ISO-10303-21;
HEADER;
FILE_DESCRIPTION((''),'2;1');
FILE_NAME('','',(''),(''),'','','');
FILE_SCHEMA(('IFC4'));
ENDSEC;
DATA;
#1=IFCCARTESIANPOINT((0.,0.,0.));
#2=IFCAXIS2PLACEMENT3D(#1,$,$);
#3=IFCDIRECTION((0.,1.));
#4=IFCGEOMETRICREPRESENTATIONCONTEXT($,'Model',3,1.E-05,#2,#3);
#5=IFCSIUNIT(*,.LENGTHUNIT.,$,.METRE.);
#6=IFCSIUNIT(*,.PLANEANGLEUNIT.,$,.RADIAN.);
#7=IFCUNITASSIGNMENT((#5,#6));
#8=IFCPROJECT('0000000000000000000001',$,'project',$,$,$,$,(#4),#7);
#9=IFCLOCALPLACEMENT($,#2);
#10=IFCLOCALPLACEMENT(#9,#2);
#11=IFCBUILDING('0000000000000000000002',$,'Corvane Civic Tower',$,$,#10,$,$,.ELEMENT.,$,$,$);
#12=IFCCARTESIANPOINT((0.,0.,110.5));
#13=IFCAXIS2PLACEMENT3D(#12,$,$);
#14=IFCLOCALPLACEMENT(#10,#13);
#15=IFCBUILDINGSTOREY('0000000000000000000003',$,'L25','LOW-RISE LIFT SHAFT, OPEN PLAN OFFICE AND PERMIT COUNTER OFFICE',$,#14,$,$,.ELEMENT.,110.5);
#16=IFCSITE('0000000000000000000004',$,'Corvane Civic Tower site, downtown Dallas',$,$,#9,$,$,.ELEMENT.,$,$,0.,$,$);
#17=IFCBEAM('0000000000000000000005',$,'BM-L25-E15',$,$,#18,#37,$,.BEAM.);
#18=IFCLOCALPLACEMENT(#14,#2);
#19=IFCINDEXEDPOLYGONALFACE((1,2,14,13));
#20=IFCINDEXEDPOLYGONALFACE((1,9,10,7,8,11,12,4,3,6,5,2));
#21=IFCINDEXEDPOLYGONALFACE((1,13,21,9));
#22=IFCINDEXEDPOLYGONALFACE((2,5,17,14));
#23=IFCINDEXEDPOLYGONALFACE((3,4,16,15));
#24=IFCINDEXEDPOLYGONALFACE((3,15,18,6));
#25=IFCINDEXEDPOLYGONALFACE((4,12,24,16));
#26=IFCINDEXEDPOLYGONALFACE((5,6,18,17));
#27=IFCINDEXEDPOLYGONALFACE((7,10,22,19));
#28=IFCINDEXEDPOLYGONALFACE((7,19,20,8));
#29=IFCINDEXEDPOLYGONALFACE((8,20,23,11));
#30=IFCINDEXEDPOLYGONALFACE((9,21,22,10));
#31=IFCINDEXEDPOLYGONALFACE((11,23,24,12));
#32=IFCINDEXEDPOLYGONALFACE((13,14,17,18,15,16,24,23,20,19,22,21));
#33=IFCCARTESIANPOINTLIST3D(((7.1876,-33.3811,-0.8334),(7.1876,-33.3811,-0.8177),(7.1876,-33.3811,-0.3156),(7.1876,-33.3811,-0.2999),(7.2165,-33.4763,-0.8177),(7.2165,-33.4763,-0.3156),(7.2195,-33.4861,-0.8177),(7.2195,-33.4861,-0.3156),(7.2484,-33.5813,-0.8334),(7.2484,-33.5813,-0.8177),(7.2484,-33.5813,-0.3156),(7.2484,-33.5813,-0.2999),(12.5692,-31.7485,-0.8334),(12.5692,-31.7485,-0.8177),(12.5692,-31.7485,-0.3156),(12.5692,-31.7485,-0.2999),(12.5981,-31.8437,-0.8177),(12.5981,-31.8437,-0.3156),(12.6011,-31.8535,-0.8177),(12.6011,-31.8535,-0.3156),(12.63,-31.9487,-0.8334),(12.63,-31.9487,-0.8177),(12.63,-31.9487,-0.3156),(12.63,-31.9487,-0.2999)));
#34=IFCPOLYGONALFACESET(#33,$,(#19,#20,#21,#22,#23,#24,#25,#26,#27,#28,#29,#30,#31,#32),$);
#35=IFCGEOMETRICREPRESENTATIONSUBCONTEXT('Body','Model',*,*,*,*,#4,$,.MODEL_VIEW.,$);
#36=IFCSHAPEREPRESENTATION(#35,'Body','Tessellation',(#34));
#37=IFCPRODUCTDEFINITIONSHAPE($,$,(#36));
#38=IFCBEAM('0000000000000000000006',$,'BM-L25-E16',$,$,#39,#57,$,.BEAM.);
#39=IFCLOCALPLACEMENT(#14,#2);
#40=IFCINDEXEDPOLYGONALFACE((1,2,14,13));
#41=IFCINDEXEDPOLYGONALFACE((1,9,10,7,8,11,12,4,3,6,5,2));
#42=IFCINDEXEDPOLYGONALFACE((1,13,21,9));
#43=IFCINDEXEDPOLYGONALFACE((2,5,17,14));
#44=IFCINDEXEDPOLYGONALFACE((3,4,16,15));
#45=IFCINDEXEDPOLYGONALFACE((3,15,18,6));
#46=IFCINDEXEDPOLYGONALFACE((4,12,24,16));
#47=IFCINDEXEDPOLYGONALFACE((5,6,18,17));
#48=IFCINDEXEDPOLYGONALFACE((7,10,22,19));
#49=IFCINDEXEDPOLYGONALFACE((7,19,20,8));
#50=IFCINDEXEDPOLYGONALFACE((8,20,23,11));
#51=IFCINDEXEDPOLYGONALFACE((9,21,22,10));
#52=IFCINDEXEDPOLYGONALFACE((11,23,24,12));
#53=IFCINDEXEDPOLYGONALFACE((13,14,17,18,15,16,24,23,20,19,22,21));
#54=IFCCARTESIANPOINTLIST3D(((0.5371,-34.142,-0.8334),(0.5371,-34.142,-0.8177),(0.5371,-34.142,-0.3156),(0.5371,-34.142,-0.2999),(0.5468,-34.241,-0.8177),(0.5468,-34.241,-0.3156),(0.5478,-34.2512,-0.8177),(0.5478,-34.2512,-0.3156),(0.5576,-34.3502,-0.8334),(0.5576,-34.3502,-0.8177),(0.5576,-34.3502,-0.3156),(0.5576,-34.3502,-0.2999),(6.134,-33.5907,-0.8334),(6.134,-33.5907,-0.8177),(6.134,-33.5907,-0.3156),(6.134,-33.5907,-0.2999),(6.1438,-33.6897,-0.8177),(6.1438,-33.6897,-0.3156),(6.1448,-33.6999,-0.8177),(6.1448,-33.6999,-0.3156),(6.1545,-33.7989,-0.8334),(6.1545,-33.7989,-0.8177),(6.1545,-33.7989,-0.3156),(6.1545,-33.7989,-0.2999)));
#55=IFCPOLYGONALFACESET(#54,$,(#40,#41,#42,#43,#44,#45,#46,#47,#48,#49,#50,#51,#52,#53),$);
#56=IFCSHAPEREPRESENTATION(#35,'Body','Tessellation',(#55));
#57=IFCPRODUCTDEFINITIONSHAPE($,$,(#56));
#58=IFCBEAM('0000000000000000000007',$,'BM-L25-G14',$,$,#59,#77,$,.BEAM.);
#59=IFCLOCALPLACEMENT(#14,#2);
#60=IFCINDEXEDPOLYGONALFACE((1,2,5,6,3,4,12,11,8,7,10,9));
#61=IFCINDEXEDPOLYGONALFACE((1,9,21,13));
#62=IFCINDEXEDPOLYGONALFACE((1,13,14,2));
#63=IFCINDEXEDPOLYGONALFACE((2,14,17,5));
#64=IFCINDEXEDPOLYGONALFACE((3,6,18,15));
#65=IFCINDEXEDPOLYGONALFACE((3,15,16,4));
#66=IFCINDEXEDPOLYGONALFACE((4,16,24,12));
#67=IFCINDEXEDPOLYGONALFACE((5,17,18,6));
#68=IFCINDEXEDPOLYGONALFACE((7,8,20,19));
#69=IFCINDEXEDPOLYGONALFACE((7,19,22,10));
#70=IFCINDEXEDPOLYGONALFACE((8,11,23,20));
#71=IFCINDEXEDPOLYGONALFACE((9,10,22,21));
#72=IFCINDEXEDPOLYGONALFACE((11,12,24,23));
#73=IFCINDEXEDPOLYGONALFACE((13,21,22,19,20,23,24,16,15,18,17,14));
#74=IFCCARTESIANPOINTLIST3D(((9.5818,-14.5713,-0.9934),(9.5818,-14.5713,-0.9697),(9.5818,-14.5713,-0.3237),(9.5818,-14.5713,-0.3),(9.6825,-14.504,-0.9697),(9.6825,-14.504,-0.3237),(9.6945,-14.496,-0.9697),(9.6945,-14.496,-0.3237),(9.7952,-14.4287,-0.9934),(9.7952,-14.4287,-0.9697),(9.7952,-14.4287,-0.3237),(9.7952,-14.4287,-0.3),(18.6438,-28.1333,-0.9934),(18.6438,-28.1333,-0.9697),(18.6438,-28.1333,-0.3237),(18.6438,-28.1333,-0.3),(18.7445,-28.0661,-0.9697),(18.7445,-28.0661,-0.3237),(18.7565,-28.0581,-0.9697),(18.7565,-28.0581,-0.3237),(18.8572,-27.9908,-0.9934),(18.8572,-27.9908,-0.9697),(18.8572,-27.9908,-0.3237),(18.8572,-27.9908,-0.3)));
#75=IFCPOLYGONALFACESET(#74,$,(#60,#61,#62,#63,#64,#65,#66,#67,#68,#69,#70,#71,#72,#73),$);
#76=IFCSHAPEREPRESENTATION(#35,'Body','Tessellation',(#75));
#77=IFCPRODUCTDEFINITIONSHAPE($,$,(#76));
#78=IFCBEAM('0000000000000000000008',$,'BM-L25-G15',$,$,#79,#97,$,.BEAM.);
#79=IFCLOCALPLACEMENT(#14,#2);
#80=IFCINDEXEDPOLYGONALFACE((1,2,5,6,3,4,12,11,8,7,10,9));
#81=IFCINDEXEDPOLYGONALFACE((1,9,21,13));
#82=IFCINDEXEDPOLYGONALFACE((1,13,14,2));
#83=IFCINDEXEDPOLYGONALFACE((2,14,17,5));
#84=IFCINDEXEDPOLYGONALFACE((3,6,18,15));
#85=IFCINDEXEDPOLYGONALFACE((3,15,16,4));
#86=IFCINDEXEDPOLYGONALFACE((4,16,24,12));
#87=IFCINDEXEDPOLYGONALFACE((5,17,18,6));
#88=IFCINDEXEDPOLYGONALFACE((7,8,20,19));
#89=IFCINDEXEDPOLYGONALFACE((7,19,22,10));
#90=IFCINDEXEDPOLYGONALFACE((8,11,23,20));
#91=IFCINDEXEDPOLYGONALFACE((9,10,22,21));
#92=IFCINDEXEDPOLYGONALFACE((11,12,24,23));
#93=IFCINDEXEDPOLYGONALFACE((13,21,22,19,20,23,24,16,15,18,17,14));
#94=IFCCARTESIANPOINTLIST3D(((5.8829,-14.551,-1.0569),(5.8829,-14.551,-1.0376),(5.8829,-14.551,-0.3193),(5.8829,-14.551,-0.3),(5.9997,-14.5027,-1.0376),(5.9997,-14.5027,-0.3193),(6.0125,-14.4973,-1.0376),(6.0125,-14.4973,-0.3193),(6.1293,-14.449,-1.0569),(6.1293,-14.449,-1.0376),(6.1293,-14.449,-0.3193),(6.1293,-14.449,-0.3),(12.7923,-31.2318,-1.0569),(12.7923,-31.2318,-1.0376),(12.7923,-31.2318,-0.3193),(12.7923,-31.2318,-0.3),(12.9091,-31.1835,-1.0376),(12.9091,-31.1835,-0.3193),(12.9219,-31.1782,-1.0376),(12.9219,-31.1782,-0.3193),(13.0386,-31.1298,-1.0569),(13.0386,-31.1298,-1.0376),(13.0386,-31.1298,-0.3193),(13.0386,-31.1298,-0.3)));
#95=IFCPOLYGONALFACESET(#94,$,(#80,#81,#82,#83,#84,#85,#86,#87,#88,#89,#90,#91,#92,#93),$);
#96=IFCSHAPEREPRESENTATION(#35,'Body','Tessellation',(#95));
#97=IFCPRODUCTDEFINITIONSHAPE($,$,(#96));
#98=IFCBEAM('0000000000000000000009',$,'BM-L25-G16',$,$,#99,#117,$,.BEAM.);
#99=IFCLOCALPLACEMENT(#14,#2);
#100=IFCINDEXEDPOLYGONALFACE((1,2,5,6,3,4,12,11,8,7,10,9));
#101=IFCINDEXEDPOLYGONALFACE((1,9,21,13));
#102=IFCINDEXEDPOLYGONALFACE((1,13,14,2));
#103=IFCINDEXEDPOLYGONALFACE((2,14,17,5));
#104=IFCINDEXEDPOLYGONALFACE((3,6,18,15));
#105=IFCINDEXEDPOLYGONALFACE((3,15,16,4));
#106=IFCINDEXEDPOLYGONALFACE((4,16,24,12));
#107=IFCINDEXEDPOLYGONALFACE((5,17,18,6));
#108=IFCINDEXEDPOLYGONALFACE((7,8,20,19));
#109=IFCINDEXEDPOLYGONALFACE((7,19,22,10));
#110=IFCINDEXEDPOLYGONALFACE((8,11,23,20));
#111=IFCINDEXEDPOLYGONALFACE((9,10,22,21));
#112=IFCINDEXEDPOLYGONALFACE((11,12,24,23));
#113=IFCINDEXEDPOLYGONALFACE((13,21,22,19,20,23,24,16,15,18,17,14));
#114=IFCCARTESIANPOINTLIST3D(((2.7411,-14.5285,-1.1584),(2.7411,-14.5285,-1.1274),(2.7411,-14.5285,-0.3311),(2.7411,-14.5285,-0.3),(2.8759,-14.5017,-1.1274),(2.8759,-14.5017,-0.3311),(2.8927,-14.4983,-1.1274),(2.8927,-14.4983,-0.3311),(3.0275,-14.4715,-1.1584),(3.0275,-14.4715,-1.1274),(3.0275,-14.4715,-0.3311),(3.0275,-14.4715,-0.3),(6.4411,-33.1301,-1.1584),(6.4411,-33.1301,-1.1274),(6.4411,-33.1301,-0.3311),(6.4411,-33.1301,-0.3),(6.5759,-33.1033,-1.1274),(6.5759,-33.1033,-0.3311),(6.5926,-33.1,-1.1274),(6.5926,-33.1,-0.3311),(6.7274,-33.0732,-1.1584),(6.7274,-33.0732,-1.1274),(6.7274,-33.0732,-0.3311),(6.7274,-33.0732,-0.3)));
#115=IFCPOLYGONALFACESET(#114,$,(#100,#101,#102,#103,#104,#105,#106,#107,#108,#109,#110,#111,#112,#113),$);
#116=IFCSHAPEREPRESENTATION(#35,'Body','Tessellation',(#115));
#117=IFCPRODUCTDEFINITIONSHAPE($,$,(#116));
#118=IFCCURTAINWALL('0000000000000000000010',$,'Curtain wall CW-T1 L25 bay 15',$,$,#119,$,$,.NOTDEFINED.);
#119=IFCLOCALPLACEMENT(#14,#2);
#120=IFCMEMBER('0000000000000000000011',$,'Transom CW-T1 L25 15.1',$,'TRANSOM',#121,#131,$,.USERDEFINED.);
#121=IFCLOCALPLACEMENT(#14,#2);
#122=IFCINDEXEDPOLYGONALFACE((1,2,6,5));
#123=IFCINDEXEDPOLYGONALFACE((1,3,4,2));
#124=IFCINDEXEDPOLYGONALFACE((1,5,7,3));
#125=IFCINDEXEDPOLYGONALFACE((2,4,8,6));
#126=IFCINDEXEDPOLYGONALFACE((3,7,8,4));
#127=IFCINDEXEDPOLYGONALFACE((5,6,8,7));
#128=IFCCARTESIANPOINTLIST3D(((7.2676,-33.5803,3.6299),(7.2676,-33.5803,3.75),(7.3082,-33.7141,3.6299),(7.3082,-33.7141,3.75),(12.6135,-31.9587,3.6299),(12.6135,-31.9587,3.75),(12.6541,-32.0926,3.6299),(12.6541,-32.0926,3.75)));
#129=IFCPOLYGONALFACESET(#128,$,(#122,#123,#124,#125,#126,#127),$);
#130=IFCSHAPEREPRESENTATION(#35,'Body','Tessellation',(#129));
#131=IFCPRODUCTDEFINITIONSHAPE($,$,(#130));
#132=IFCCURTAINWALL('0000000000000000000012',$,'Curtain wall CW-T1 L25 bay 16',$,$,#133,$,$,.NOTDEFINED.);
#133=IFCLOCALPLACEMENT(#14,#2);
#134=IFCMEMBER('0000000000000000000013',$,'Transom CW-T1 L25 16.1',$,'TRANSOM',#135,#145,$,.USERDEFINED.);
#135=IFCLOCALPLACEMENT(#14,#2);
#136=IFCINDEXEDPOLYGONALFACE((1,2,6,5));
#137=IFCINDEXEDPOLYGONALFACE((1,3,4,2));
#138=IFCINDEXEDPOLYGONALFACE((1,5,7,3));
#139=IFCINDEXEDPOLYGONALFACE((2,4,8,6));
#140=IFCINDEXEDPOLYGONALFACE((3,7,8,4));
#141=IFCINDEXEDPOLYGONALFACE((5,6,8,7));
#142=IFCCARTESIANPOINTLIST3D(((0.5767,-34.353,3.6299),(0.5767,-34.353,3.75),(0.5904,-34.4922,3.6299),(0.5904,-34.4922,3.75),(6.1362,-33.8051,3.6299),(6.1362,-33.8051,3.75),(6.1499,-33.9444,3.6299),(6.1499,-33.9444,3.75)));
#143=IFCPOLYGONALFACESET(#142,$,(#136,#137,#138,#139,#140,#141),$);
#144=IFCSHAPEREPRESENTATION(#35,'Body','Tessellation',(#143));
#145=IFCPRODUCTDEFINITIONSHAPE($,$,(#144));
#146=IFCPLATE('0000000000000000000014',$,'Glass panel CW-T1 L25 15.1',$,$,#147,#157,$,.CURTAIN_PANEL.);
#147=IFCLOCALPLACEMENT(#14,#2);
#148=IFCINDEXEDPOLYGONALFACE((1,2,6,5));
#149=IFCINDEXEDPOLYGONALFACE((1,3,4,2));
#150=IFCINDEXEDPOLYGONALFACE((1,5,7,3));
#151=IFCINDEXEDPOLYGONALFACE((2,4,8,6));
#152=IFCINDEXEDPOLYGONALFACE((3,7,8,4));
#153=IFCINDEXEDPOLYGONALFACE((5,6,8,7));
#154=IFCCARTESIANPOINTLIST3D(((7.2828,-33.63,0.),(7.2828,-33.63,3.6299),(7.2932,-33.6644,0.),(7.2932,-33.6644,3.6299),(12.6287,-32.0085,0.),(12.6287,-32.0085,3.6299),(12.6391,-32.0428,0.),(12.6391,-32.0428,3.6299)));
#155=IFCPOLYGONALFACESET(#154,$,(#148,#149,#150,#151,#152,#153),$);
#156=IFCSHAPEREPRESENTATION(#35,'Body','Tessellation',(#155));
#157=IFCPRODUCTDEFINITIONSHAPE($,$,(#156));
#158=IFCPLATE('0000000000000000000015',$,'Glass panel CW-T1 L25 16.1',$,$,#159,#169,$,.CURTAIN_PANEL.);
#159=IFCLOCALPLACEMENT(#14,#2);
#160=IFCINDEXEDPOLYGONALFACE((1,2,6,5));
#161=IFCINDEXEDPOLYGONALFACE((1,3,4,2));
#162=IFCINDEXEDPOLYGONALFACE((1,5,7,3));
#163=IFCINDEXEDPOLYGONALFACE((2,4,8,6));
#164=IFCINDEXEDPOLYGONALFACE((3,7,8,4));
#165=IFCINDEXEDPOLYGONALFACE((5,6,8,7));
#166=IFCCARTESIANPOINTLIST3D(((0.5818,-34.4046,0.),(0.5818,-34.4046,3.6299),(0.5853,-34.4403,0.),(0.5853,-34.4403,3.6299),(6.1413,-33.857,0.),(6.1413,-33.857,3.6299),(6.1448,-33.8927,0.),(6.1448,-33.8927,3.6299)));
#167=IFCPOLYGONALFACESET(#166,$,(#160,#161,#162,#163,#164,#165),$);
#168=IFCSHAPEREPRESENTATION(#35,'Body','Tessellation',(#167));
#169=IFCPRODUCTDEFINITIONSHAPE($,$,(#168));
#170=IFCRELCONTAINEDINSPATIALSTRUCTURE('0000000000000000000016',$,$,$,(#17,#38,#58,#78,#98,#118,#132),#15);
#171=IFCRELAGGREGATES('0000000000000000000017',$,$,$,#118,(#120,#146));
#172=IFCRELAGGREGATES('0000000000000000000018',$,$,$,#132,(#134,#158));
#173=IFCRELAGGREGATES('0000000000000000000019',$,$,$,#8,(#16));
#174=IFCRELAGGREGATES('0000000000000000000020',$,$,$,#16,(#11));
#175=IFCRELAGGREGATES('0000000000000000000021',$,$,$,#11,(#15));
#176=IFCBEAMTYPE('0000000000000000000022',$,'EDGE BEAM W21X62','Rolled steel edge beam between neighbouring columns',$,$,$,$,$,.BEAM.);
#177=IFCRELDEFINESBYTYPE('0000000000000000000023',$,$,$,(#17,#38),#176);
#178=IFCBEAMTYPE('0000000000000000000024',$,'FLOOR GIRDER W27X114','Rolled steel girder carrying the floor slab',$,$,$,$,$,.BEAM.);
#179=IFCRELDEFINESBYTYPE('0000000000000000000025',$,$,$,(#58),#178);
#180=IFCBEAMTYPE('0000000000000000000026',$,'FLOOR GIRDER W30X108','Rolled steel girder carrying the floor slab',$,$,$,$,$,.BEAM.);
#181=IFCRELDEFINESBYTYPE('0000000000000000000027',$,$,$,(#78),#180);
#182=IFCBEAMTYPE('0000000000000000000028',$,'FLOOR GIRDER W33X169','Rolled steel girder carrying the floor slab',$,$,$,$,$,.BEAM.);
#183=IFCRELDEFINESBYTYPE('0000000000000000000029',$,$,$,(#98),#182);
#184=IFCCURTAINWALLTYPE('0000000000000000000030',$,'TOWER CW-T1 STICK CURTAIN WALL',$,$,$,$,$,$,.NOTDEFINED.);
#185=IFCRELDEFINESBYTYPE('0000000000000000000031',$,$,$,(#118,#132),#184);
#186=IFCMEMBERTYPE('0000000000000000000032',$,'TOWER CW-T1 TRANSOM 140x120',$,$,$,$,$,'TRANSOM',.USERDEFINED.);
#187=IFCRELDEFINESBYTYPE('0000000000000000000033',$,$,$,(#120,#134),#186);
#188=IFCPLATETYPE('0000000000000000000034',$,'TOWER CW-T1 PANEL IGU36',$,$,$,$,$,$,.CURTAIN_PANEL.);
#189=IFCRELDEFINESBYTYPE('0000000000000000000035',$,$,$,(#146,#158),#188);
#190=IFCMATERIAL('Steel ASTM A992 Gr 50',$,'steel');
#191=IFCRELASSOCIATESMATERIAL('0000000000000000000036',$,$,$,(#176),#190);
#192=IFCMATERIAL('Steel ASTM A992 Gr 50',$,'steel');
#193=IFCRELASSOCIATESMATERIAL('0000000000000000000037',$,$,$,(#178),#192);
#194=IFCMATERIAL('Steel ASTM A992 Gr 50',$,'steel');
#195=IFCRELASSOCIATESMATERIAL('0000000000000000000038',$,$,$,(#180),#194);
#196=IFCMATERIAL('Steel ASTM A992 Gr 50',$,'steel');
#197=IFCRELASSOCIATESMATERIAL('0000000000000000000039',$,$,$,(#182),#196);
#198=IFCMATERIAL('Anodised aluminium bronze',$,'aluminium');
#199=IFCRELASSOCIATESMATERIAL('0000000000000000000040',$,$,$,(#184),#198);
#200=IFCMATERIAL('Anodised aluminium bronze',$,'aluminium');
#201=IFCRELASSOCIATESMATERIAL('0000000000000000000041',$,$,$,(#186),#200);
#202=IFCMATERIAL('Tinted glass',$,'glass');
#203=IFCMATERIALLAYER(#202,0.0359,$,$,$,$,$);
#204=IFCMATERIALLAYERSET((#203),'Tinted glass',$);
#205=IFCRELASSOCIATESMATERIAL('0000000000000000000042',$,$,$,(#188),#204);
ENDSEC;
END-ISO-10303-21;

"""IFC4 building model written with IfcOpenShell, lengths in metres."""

from ifc_helpers import new_model, si_unit, direction, frame, origin, origin_2d, place, context, subcontext, project, spatial, rectangle, i_section, extrude, material, layer, layer_set, material_profile, profile_set, type_object, element, aggregate, save


model = new_model("IFC4")

# Units and contexts
model_context = context("Model", 3, precision=1e-05, world=origin(), true_north=direction((0.0, 1.0)))
body_context = subcontext(model_context, "Body", "Model", "MODEL_VIEW")
ifc_project = project(units=[si_unit("LENGTHUNIT", "METRE"), si_unit("PLANEANGLEUNIT", "RADIAN")], contexts=[model_context])

# Site, building, storey
site_placement = place(None, origin())
site = spatial("IfcSite", under=ifc_project, at=site_placement, Name="Corvane Civic Tower site, downtown Dallas", CompositionType="ELEMENT", RefElevation=0.0)
building_placement = place(site_placement, origin())
building = spatial("IfcBuilding", under=site, at=building_placement, Name="Corvane Civic Tower", CompositionType="ELEMENT")
storey_placement = place(building_placement, frame((0.0, 0.0, 110.5)))
storey = spatial("IfcBuildingStorey", under=building, at=storey_placement, Name="L25", Description="LOW-RISE LIFT SHAFT, OPEN PLAN OFFICE AND PERMIT COUNTER OFFICE", CompositionType="ELEMENT", Elevation=110.5)

# Beams
ifc_material_1 = material(Name="Steel ASTM A992 Gr 50", Category="steel")
ifc_material_profile_1 = material_profile(ifc_material_1, i_section(OverallWidth=0.2092, OverallDepth=0.5334, WebThickness=0.0103, FlangeThickness=0.0156, at=origin_2d()), Name="W21X62")
ifc_profile_set_1 = profile_set([ifc_material_profile_1], Name="Steel ASTM A992 Gr 50")
beam_type_1 = type_object("IfcBeamType", Name="EDGE BEAM W21X62", Description="Rolled steel edge beam between neighbouring columns", PredefinedType="BEAM", material=ifc_profile_set_1)
beam_1_placement = place(storey_placement, frame((12.5996, -31.8486, -0.5667), z_axis=(-0.956936, -0.290298, 0.0), x_axis=(0.290298, -0.956936, 0.0)))
element("IfcBeam", 1, at=beam_1_placement, inside=storey, type_object=beam_type_1, Name="BM-L25-E15", PredefinedType="BEAM", context=body_context, shape_type="SweptSolid", body=[
    extrude(i_section(OverallWidth=0.2092, OverallDepth=0.5334, WebThickness=0.0103, FlangeThickness=0.0156, at=origin_2d()), origin(), (0.0, 0.0, 1.0), 5.6238),
])
beam_2_placement = place(storey_placement, frame((6.1443, -33.6948, -0.5667), z_axis=(-0.995184, -0.098021, 0.0), x_axis=(0.098021, -0.995184, 0.0)))
element("IfcBeam", 2, at=beam_2_placement, inside=storey, type_object=beam_type_1, Name="BM-L25-E16", PredefinedType="BEAM", context=body_context, shape_type="SweptSolid", body=[
    extrude(i_section(OverallWidth=0.2092, OverallDepth=0.5334, WebThickness=0.0103, FlangeThickness=0.0156, at=origin_2d()), origin(), (0.0, 0.0, 1.0), 5.624),
])
ifc_material_2 = material(Name="Steel ASTM A992 Gr 50", Category="steel")
ifc_material_profile_2 = material_profile(ifc_material_2, i_section(OverallWidth=0.2566, OverallDepth=0.6934, WebThickness=0.0144, FlangeThickness=0.0237, at=origin_2d()), Name="W27X114")
ifc_profile_set_2 = profile_set([ifc_material_profile_2], Name="Steel ASTM A992 Gr 50")
beam_type_2 = type_object("IfcBeamType", Name="FLOOR GIRDER W27X114", Description="Rolled steel girder carrying the floor slab", PredefinedType="BEAM", material=ifc_profile_set_2)
beam_3_placement = place(storey_placement, frame((9.6885, -14.5, -0.6467), z_axis=(0.555577, -0.831465, 0.0), x_axis=(0.831465, 0.555577, 0.0)))
element("IfcBeam", 3, at=beam_3_placement, inside=storey, type_object=beam_type_2, Name="BM-L25-G14", PredefinedType="BEAM", context=body_context, shape_type="SweptSolid", body=[
    extrude(i_section(OverallWidth=0.2566, OverallDepth=0.6934, WebThickness=0.0144, FlangeThickness=0.0237, at=origin_2d()), origin(), (0.0, 0.0, 1.0), 16.311),
])
ifc_material_3 = material(Name="Steel ASTM A992 Gr 50", Category="steel")
ifc_material_profile_3 = material_profile(ifc_material_3, i_section(OverallWidth=0.2666, OverallDepth=0.7568, WebThickness=0.0139, FlangeThickness=0.0193, at=origin_2d()), Name="W30X108")
ifc_profile_set_3 = profile_set([ifc_material_profile_3], Name="Steel ASTM A992 Gr 50")
beam_type_3 = type_object("IfcBeamType", Name="FLOOR GIRDER W30X108", Description="Rolled steel girder carrying the floor slab", PredefinedType="BEAM", material=ifc_profile_set_3)
beam_4_placement = place(storey_placement, frame((6.0061, -14.5, -0.6785), z_axis=(0.382682, -0.92388, 0.0), x_axis=(0.92388, 0.382682, 0.0)))
element("IfcBeam", 4, at=beam_4_placement, inside=storey, type_object=beam_type_3, Name="BM-L25-G15", PredefinedType="BEAM", context=body_context, shape_type="SweptSolid", body=[
    extrude(i_section(OverallWidth=0.2666, OverallDepth=0.7568, WebThickness=0.0139, FlangeThickness=0.0193, at=origin_2d()), origin(), (0.0, 0.0, 1.0), 18.0552),
])
ifc_material_4 = material(Name="Steel ASTM A992 Gr 50", Category="steel")
ifc_material_profile_4 = material_profile(ifc_material_4, i_section(OverallWidth=0.292, OverallDepth=0.8584, WebThickness=0.0171, FlangeThickness=0.031, at=origin_2d()), Name="W33X169")
ifc_profile_set_4 = profile_set([ifc_material_profile_4], Name="Steel ASTM A992 Gr 50")
beam_type_4 = type_object("IfcBeamType", Name="FLOOR GIRDER W33X169", Description="Rolled steel girder carrying the floor slab", PredefinedType="BEAM", material=ifc_profile_set_4)
beam_5_placement = place(storey_placement, frame((2.8843, -14.5, -0.7292), z_axis=(0.195084, -0.980787, 0.0), x_axis=(0.980787, 0.195084, 0.0)))
element("IfcBeam", 5, at=beam_5_placement, inside=storey, type_object=beam_type_4, Name="BM-L25-G16", PredefinedType="BEAM", context=body_context, shape_type="SweptSolid", body=[
    extrude(i_section(OverallWidth=0.292, OverallDepth=0.8584, WebThickness=0.0171, FlangeThickness=0.031, at=origin_2d()), origin(), (0.0, 0.0, 1.0), 18.9661),
])

# Curtain walls, members
ifc_material_5 = material(Name="Anodised aluminium bronze", Category="aluminium")
curtain_wall_type = type_object("IfcCurtainWallType", Name="TOWER CW-T1 STICK CURTAIN WALL", PredefinedType="NOTDEFINED", material=ifc_material_5)
curtain_wall_1_placement = place(storey_placement, origin())
curtain_wall_1 = element("IfcCurtainWall", 6, at=curtain_wall_1_placement, inside=storey, type_object=curtain_wall_type, Name="Curtain wall CW-T1 L25 bay 15", PredefinedType="NOTDEFINED")
ifc_material_6 = material(Name="Anodised aluminium bronze", Category="aluminium")
ifc_material_profile_5 = material_profile(ifc_material_6, rectangle(XDim=0.1399, YDim=0.1201, at=origin_2d()), Name="TOWER CW-T1 TRANSOM 140x120")
ifc_profile_set_5 = profile_set([ifc_material_profile_5], Name="Anodised aluminium bronze")
member_type = type_object("IfcMemberType", Name="TOWER CW-T1 TRANSOM 140x120", ElementType="TRANSOM", PredefinedType="USERDEFINED", material=ifc_profile_set_5)
member_1_placement = place(storey_placement, frame((12.6338, -32.0256, 3.6899), z_axis=(-0.956945, -0.290269, 0.0), x_axis=(0.290269, -0.956945, 0.0)))
member_1 = element("IfcMember", 7, at=member_1_placement, type_object=member_type, Name="Transom CW-T1 L25 15.1", ObjectType="TRANSOM", PredefinedType="USERDEFINED", context=body_context, shape_type="SweptSolid", body=[
    extrude(rectangle(XDim=0.1399, YDim=0.1201, at=origin_2d()), origin(), (0.0, 0.0, 1.0), 5.5864),
])
curtain_wall_2_placement = place(storey_placement, origin())
curtain_wall_2 = element("IfcCurtainWall", 8, at=curtain_wall_2_placement, inside=storey, type_object=curtain_wall_type, Name="Curtain wall CW-T1 L25 bay 16", PredefinedType="NOTDEFINED")
member_2_placement = place(storey_placement, frame((6.1431, -33.8748, 3.6899), z_axis=(-0.99518, -0.098067, 0.0), x_axis=(0.098067, -0.99518, 0.0)))
member_2 = element("IfcMember", 9, at=member_2_placement, type_object=member_type, Name="Transom CW-T1 L25 16.1", ObjectType="TRANSOM", PredefinedType="USERDEFINED", context=body_context, shape_type="SweptSolid", body=[
    extrude(rectangle(XDim=0.1399, YDim=0.1201, at=origin_2d()), origin(), (0.0, 0.0, 1.0), 5.5864),
])

# Plates
ifc_material_7 = material(Name="Tinted glass", Category="glass")
ifc_layer_1 = layer(ifc_material_7, 0.0359)
ifc_layer_set_1 = layer_set([ifc_layer_1], Name="Tinted glass")
plate_type = type_object("IfcPlateType", Name="TOWER CW-T1 PANEL IGU36", PredefinedType="CURTAIN_PANEL", material=ifc_layer_set_1)
plate_1_placement = place(storey_placement, frame((9.9609, -32.8364, 0.0), z_axis=(0.0, 0.0, 1.0), x_axis=(-0.956946, -0.290266, 0.0)))
plate_1 = element("IfcPlate", 10, at=plate_1_placement, type_object=plate_type, Name="Glass panel CW-T1 L25 15.1", PredefinedType="CURTAIN_PANEL", context=body_context, shape_type="SweptSolid", body=[
    extrude(rectangle(XDim=5.5864, YDim=0.0359, at=origin_2d()), origin(), (0.0, 0.0, 1.0), 3.6299),
])
aggregate(curtain_wall_1, [member_1, plate_1])
plate_2_placement = place(storey_placement, frame((3.3633, -34.1487, 0.0), z_axis=(0.0, 0.0, 1.0), x_axis=(-0.995184, -0.098027, 0.0)))
plate_2 = element("IfcPlate", 11, at=plate_2_placement, type_object=plate_type, Name="Glass panel CW-T1 L25 16.1", PredefinedType="CURTAIN_PANEL", context=body_context, shape_type="SweptSolid", body=[
    extrude(rectangle(XDim=5.5864, YDim=0.0359, at=origin_2d()), origin(), (0.0, 0.0, 1.0), 3.6299),
])
aggregate(curtain_wall_2, [member_2, plate_2])

save(model, "model.ifc")
